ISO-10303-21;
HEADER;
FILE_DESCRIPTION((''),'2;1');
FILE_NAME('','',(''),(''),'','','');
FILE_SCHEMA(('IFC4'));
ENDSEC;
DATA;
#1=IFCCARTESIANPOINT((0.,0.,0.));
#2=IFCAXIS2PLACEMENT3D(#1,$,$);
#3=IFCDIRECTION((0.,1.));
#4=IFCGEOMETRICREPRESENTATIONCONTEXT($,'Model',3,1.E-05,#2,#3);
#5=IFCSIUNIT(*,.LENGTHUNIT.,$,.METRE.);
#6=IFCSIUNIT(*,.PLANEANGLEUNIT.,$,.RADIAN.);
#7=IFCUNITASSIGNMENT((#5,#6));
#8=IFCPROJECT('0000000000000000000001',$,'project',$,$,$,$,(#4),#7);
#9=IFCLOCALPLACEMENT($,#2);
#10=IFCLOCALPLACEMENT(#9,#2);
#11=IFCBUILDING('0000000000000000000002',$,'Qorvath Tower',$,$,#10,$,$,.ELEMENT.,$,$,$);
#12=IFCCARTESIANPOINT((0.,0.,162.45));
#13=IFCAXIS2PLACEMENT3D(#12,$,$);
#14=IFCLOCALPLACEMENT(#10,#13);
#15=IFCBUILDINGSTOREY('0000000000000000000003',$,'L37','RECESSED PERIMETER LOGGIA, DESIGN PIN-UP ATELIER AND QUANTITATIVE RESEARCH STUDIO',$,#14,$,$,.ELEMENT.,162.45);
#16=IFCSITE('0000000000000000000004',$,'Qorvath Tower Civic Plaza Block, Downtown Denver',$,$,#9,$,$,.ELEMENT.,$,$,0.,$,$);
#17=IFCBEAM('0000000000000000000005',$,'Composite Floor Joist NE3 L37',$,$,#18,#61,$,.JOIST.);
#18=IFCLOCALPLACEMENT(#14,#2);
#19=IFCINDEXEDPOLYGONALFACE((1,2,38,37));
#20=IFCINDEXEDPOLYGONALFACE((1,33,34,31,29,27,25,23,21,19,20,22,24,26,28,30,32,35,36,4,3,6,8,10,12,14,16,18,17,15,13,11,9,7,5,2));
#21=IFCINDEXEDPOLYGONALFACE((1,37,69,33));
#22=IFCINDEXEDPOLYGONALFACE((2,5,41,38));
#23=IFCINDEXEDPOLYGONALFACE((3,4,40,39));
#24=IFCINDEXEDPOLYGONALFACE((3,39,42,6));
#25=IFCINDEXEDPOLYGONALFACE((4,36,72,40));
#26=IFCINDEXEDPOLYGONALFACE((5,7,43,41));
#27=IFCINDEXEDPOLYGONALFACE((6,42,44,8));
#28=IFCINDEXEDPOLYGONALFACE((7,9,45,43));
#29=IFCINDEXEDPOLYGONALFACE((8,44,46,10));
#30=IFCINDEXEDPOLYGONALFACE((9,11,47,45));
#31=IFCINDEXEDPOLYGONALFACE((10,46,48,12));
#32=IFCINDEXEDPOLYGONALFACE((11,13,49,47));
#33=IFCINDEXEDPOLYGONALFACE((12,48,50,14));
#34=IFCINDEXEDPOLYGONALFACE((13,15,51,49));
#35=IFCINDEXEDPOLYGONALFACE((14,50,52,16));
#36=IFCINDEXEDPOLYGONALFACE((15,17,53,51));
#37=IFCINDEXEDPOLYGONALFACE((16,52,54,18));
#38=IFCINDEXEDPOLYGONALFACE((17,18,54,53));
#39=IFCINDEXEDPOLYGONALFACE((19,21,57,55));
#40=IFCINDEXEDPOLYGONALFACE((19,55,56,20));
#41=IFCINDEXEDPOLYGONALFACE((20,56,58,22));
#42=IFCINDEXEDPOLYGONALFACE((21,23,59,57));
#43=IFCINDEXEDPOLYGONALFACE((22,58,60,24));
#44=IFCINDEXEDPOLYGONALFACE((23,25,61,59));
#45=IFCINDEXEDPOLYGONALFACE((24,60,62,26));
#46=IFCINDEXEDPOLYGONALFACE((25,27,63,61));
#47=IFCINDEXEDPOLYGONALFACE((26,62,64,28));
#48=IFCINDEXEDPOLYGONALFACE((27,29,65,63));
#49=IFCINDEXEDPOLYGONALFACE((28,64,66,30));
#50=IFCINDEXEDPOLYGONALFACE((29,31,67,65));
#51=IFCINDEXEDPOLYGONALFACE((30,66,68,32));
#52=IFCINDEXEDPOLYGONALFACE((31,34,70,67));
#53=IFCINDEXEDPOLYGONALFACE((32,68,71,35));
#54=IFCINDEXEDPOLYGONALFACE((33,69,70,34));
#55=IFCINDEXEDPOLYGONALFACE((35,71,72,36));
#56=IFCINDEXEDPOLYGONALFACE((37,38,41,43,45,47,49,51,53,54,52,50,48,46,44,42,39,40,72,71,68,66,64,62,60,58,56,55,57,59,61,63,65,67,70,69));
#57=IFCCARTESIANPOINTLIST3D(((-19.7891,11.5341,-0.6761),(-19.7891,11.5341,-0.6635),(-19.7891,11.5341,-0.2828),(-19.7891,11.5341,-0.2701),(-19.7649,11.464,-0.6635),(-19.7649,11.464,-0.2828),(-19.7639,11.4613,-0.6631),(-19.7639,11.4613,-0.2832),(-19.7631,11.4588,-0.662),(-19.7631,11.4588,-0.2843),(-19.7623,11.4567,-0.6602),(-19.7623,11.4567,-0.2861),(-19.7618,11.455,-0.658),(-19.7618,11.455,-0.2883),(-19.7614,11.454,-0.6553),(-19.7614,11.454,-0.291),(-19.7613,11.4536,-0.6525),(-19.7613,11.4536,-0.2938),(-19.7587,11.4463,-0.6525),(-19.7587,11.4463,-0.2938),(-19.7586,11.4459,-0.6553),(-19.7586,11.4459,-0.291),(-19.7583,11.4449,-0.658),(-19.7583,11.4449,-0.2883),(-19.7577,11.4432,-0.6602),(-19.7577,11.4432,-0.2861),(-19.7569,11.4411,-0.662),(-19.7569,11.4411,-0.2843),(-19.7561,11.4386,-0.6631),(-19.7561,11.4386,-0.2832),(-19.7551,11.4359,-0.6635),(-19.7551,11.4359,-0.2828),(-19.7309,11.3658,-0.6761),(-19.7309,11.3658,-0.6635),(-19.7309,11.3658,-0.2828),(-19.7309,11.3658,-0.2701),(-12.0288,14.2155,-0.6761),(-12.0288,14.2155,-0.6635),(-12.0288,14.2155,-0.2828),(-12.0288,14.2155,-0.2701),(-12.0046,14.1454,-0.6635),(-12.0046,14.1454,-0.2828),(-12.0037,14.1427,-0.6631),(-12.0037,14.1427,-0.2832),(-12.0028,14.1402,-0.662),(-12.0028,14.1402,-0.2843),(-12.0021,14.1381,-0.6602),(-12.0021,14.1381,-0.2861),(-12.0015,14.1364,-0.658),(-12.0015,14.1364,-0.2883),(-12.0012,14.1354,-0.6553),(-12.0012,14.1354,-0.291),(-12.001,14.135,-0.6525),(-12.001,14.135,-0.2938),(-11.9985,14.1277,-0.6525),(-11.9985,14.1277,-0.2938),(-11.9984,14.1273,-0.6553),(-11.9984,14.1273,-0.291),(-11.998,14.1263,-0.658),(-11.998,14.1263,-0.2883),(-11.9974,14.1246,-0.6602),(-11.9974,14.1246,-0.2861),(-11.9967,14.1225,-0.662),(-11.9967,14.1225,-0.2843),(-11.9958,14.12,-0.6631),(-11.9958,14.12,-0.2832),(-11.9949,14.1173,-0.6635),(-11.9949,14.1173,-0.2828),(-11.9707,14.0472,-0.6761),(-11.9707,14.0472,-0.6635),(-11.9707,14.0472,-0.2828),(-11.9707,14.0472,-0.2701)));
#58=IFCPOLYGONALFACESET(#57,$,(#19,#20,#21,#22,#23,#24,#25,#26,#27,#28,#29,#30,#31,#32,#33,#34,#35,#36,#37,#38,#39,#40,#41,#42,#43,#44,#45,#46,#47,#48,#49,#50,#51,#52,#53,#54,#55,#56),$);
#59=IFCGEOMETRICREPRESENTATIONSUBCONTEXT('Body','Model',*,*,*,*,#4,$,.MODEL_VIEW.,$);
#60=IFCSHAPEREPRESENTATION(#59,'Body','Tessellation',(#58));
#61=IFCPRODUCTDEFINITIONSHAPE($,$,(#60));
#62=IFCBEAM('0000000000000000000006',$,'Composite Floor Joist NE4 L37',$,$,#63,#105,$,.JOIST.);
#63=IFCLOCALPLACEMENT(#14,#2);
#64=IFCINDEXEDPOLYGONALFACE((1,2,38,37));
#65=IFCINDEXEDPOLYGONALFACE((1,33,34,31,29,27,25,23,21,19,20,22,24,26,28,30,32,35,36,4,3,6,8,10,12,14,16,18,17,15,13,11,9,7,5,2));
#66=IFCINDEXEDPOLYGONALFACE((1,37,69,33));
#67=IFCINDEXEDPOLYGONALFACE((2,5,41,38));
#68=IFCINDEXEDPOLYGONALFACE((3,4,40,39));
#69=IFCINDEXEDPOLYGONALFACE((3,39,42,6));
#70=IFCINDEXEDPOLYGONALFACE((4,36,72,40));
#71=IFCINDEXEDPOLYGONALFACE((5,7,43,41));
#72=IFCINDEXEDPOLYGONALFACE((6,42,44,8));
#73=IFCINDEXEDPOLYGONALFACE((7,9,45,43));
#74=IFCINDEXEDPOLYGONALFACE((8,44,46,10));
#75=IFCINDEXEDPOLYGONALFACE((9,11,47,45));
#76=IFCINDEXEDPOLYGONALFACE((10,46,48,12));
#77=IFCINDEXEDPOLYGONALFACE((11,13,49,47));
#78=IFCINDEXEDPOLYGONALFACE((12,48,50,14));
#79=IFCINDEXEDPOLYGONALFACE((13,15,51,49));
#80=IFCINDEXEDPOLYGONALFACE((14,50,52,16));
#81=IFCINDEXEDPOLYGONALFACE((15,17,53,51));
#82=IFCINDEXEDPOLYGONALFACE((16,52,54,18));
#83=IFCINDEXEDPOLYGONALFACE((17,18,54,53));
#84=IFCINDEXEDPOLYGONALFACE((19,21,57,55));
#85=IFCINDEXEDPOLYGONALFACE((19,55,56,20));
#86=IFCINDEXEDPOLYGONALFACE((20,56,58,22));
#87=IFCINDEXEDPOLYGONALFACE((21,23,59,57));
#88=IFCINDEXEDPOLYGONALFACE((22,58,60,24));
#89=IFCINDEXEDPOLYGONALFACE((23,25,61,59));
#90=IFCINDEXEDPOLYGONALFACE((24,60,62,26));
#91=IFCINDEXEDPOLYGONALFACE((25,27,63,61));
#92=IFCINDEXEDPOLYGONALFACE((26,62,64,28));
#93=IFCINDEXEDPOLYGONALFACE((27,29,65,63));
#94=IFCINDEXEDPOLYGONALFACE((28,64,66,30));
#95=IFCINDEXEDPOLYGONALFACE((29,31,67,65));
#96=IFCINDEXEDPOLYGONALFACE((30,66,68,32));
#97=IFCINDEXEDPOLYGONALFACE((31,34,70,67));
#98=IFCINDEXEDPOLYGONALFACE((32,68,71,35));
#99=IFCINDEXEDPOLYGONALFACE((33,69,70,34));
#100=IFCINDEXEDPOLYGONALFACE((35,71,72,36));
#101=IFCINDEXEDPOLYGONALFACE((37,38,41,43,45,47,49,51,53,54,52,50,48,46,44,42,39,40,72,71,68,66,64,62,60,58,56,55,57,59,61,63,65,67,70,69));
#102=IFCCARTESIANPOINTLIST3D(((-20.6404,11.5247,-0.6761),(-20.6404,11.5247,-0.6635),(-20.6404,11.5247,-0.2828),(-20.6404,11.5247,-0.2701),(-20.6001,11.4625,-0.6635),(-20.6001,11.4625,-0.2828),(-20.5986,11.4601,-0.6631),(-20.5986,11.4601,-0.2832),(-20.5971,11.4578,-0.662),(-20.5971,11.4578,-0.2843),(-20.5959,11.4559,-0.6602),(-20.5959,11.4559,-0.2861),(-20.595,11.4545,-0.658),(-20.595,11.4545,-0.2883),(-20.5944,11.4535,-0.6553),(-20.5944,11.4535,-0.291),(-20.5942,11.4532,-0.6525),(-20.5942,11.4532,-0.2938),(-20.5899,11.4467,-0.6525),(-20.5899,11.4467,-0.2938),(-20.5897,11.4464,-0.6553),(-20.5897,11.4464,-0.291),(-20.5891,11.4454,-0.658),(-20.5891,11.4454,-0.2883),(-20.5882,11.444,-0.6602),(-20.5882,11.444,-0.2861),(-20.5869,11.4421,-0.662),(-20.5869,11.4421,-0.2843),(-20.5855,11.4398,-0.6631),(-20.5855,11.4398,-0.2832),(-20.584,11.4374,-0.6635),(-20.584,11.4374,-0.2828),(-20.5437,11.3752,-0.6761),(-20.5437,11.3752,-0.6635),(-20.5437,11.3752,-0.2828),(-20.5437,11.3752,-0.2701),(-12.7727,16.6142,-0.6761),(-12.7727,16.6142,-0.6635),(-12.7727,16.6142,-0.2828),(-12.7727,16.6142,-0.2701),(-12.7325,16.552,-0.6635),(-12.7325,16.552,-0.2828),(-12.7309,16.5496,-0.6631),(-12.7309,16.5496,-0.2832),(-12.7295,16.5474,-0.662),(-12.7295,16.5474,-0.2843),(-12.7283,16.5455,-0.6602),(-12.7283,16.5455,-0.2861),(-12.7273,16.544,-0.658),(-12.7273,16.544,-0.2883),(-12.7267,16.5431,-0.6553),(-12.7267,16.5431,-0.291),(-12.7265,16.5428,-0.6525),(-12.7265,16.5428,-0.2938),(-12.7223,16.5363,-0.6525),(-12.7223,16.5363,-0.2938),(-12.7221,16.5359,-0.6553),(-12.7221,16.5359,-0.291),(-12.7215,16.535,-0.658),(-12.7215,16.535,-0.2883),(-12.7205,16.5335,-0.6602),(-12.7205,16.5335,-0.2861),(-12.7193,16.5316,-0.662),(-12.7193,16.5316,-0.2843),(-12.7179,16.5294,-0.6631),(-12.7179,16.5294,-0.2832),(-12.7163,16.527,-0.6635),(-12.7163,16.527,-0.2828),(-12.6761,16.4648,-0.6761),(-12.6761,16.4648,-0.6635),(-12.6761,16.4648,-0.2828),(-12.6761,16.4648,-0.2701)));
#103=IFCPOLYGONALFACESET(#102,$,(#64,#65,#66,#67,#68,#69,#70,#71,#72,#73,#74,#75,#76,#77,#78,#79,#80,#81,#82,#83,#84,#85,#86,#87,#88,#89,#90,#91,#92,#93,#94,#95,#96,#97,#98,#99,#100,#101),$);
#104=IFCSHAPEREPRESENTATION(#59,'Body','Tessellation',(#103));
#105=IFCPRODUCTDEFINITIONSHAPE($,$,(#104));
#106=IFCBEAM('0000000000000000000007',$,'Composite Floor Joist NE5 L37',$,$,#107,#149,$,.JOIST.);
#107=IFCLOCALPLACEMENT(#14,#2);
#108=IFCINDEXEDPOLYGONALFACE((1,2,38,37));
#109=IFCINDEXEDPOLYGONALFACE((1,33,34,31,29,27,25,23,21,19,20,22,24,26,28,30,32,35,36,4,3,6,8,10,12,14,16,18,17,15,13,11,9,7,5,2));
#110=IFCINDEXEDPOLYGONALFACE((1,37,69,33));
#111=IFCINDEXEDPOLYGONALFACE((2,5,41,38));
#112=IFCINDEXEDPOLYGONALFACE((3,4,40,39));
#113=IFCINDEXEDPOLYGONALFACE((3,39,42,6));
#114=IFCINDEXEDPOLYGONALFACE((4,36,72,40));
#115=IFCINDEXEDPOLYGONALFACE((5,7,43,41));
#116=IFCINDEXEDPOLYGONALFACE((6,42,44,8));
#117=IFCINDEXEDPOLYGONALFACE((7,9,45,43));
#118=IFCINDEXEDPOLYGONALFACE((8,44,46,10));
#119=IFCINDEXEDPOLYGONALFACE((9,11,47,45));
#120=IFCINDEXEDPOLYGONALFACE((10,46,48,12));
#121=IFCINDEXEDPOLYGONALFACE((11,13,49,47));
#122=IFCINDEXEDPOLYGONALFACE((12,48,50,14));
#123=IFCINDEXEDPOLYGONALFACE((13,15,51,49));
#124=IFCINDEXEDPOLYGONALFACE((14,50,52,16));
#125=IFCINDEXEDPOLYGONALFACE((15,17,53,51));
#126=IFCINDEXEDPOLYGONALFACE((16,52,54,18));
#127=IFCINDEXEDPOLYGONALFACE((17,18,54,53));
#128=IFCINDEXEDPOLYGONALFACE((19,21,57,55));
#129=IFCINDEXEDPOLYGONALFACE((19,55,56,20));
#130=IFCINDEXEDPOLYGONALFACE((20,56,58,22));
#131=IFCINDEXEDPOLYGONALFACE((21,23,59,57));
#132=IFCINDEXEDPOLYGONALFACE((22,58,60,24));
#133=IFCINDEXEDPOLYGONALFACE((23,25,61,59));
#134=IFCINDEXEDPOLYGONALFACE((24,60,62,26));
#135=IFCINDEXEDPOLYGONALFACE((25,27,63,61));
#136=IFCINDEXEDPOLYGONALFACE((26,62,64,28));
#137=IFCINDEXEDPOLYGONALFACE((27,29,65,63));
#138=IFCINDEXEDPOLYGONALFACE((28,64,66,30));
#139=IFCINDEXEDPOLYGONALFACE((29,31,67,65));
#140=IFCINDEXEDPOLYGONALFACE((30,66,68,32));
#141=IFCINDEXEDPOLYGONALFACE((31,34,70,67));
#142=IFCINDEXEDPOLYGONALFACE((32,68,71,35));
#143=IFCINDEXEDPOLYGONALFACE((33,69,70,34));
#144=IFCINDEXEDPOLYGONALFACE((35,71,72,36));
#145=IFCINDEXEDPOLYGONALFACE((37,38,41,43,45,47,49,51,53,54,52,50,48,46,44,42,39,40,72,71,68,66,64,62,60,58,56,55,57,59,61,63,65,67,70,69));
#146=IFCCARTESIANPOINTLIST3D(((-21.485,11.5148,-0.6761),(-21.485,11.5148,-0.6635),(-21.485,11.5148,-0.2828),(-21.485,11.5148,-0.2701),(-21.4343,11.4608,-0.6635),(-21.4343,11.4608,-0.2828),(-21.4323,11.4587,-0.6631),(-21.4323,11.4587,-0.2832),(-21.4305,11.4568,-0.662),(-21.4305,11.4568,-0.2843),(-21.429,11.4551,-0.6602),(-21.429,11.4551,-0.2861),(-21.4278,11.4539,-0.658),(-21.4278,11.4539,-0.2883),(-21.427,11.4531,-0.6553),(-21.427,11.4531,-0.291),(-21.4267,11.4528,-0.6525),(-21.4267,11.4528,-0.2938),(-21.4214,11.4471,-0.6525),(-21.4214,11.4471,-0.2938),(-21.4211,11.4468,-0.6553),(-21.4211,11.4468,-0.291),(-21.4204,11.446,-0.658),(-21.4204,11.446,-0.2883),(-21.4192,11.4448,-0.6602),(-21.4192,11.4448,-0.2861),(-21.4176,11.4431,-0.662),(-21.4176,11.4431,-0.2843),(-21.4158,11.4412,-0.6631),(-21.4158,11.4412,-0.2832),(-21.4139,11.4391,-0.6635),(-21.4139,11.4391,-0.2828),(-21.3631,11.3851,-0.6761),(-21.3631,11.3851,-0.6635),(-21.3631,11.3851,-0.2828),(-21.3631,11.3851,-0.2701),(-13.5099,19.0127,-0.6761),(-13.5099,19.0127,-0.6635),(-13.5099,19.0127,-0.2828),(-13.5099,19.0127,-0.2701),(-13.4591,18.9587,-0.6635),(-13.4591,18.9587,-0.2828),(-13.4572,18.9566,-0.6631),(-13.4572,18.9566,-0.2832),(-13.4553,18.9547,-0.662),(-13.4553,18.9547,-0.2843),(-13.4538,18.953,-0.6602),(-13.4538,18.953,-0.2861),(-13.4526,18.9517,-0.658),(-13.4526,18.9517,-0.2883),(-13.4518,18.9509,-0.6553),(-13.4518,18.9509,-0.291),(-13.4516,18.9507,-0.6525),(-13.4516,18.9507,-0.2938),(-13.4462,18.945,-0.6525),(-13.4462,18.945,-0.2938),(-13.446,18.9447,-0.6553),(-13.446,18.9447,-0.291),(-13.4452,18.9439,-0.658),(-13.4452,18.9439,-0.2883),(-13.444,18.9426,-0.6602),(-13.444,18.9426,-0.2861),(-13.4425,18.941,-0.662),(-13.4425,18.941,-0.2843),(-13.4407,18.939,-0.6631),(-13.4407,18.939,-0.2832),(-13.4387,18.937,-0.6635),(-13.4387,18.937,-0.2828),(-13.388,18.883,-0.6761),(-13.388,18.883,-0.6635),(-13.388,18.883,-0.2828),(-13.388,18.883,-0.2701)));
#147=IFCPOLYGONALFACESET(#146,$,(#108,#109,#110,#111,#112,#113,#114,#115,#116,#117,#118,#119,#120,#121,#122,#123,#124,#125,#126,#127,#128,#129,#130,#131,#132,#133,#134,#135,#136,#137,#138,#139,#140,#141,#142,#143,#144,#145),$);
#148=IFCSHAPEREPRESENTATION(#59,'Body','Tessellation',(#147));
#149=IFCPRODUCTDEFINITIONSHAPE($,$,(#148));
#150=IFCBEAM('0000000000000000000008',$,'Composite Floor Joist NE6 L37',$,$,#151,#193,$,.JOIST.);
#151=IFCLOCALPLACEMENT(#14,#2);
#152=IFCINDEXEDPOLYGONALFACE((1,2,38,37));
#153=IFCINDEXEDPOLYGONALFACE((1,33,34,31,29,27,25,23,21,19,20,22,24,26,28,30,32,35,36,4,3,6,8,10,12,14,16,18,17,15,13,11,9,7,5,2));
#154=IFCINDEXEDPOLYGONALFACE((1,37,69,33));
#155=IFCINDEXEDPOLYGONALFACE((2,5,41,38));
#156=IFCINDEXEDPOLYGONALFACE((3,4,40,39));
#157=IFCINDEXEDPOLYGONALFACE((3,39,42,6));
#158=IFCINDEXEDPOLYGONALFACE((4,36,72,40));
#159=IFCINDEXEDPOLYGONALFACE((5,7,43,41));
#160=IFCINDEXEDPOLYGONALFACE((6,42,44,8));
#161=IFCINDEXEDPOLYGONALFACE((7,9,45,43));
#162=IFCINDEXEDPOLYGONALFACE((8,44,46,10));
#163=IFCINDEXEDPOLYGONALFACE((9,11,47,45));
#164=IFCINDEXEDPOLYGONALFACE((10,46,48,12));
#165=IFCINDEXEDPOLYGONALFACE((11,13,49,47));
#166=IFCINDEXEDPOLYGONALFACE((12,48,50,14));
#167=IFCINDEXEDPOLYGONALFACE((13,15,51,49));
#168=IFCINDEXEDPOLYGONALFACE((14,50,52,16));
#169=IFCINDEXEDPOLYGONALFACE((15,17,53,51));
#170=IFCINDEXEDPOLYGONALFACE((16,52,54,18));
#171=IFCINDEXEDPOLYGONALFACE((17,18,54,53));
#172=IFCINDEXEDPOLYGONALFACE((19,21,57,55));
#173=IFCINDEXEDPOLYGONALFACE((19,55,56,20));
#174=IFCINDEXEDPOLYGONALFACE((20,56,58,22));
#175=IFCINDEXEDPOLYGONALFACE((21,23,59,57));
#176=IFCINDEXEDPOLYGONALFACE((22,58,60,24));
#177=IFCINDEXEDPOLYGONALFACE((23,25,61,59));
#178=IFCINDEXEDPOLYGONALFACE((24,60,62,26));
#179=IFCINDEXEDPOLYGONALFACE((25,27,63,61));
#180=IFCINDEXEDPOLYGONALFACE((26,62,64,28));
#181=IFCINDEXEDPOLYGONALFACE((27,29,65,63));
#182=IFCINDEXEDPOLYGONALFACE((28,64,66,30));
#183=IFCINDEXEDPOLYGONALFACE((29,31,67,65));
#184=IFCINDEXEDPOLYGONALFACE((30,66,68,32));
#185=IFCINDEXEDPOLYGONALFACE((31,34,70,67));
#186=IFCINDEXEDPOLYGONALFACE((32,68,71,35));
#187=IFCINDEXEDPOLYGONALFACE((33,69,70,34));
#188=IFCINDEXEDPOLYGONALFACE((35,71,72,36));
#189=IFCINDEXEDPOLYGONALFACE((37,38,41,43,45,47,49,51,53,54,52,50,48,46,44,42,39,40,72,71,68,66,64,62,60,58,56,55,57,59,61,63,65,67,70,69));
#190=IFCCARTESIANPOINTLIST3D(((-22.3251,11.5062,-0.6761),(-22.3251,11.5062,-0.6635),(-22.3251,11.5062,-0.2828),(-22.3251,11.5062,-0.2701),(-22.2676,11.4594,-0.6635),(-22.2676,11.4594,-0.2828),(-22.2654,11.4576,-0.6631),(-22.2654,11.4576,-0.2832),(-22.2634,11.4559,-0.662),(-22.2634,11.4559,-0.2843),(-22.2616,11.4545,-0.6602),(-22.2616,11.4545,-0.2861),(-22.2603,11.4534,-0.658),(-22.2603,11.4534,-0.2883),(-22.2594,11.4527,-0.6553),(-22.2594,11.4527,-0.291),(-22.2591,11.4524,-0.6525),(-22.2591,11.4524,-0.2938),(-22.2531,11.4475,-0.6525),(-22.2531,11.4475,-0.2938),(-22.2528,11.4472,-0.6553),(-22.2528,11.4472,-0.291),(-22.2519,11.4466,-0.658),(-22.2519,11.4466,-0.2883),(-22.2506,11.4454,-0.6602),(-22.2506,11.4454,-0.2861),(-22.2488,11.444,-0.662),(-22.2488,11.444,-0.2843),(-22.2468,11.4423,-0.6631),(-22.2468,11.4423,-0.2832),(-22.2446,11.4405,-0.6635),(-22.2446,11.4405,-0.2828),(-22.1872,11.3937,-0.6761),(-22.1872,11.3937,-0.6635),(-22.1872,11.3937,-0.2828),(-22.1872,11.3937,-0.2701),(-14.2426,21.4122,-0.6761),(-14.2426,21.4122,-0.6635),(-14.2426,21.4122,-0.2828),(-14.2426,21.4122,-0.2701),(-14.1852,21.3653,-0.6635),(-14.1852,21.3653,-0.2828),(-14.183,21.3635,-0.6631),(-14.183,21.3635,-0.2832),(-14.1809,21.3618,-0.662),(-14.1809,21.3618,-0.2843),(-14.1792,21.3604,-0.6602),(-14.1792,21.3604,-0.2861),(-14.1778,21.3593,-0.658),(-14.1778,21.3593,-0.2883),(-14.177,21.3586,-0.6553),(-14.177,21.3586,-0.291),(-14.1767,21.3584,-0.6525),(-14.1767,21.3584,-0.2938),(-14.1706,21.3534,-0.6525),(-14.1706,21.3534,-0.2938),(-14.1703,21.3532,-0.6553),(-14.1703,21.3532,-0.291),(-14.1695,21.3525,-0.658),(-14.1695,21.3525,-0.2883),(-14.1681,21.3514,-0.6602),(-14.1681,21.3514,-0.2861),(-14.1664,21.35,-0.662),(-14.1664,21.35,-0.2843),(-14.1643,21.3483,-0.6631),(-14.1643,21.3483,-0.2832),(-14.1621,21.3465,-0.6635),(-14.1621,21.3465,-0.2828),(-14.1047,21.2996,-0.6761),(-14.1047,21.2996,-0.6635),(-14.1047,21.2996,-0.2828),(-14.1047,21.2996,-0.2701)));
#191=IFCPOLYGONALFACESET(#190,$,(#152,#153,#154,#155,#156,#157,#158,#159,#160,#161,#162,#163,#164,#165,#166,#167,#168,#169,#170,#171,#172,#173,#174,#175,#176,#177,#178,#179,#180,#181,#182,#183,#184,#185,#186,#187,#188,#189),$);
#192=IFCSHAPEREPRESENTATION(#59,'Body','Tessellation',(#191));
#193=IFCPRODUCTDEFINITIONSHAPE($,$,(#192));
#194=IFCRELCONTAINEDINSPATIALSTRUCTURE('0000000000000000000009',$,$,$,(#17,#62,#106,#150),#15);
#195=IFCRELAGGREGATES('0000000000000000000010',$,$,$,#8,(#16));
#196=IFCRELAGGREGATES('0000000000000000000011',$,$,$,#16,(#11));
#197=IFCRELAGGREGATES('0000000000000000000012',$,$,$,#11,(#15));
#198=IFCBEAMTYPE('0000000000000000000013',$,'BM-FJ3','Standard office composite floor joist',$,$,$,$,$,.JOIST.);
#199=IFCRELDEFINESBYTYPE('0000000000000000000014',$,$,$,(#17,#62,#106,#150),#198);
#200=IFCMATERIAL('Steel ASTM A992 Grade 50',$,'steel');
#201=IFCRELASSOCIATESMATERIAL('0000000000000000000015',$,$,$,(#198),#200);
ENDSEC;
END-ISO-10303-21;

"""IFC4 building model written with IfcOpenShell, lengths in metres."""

from ifc_helpers import new_model, si_unit, direction, frame, origin, origin_2d, place, context, subcontext, project, spatial, i_section, extrude, material, material_profile, profile_set, type_object, element, save


model = new_model("IFC4")

# Units and contexts
model_context = context("Model", 3, precision=1e-05, world=origin(), true_north=direction((0.0, 1.0)))
body_context = subcontext(model_context, "Body", "Model", "MODEL_VIEW")
ifc_project = project(units=[si_unit("LENGTHUNIT", "METRE"), si_unit("PLANEANGLEUNIT", "RADIAN")], contexts=[model_context])

# Site, building, storey
site_placement = place(None, origin())
site = spatial("IfcSite", under=ifc_project, at=site_placement, Name="Qorvath Tower Civic Plaza Block, Downtown Denver", CompositionType="ELEMENT", RefElevation=0.0)
building_placement = place(site_placement, origin())
building = spatial("IfcBuilding", under=site, at=building_placement, Name="Qorvath Tower", CompositionType="ELEMENT")
storey_placement = place(building_placement, frame((0.0, 0.0, 162.45)))
storey = spatial("IfcBuildingStorey", under=building, at=storey_placement, Name="L37", Description="RECESSED PERIMETER LOGGIA, DESIGN PIN-UP ATELIER AND QUANTITATIVE RESEARCH STUDIO", CompositionType="ELEMENT", Elevation=162.45)

# Beams
ifc_material_1 = material(Name="Steel ASTM A992 Grade 50", Category="steel")
ifc_material_profile_1 = material_profile(ifc_material_1, i_section(OverallWidth=0.178, OverallDepth=0.406, WebThickness=0.0078, FlangeThickness=0.0127, FilletRadius=0.011, at=origin_2d()), Name="W16x40")
ifc_profile_set_1 = profile_set([ifc_material_profile_1], Name="Steel ASTM A992 Grade 50")
beam_type_1 = type_object("IfcBeamType", Name="BM-FJ3", Description="Standard office composite floor joist", PredefinedType="JOIST", material=ifc_profile_set_1)
beam_1_placement = place(storey_placement, frame((-19.76, 11.45, -0.4731), z_axis=(0.945168, 0.326584, 0.0), x_axis=(-0.326584, 0.945168, 0.0)))
element("IfcBeam", 1, at=beam_1_placement, inside=storey, type_object=beam_type_1, Name="Composite Floor Joist NE3 L37", PredefinedType="JOIST", context=body_context, shape_type="SweptSolid", body=[
    extrude(i_section(OverallWidth=0.178, OverallDepth=0.406, WebThickness=0.0078, FlangeThickness=0.0127, FilletRadius=0.011, at=origin_2d()), origin(), (0.0, 0.0, 1.0), 8.2104),
])
beam_2_placement = place(storey_placement, frame((-20.592, 11.45, -0.4731), z_axis=(0.839631, 0.543157, 0.0), x_axis=(-0.543157, 0.839631, 0.0)))
element("IfcBeam", 2, at=beam_2_placement, inside=storey, type_object=beam_type_1, Name="Composite Floor Joist NE4 L37", PredefinedType="JOIST", context=body_context, shape_type="SweptSolid", body=[
    extrude(i_section(OverallWidth=0.178, OverallDepth=0.406, WebThickness=0.0078, FlangeThickness=0.0127, FilletRadius=0.011, at=origin_2d()), origin(), (0.0, 0.0, 1.0), 9.3704),
])
beam_3_placement = place(storey_placement, frame((-21.4241, 11.45, -0.4731), z_axis=(0.728572, 0.684969, 0.0), x_axis=(-0.684969, 0.728572, 0.0)))
element("IfcBeam", 3, at=beam_3_placement, inside=storey, type_object=beam_type_1, Name="Composite Floor Joist NE5 L37", PredefinedType="JOIST", context=body_context, shape_type="SweptSolid", body=[
    extrude(i_section(OverallWidth=0.178, OverallDepth=0.406, WebThickness=0.0078, FlangeThickness=0.0127, FilletRadius=0.011, at=origin_2d()), origin(), (0.0, 0.0, 1.0), 10.9463),
])
beam_4_placement = place(storey_placement, frame((-22.2561, 11.45, -0.4731), z_axis=(0.632188, 0.774815, 0.0), x_axis=(-0.774815, 0.632188, 0.0)))
element("IfcBeam", 4, at=beam_4_placement, inside=storey, type_object=beam_type_1, Name="Composite Floor Joist NE6 L37", PredefinedType="JOIST", context=body_context, shape_type="SweptSolid", body=[
    extrude(i_section(OverallWidth=0.178, OverallDepth=0.406, WebThickness=0.0078, FlangeThickness=0.0127, FilletRadius=0.011, at=origin_2d()), origin(), (0.0, 0.0, 1.0), 12.7849),
])

save(model, "model.ifc")
